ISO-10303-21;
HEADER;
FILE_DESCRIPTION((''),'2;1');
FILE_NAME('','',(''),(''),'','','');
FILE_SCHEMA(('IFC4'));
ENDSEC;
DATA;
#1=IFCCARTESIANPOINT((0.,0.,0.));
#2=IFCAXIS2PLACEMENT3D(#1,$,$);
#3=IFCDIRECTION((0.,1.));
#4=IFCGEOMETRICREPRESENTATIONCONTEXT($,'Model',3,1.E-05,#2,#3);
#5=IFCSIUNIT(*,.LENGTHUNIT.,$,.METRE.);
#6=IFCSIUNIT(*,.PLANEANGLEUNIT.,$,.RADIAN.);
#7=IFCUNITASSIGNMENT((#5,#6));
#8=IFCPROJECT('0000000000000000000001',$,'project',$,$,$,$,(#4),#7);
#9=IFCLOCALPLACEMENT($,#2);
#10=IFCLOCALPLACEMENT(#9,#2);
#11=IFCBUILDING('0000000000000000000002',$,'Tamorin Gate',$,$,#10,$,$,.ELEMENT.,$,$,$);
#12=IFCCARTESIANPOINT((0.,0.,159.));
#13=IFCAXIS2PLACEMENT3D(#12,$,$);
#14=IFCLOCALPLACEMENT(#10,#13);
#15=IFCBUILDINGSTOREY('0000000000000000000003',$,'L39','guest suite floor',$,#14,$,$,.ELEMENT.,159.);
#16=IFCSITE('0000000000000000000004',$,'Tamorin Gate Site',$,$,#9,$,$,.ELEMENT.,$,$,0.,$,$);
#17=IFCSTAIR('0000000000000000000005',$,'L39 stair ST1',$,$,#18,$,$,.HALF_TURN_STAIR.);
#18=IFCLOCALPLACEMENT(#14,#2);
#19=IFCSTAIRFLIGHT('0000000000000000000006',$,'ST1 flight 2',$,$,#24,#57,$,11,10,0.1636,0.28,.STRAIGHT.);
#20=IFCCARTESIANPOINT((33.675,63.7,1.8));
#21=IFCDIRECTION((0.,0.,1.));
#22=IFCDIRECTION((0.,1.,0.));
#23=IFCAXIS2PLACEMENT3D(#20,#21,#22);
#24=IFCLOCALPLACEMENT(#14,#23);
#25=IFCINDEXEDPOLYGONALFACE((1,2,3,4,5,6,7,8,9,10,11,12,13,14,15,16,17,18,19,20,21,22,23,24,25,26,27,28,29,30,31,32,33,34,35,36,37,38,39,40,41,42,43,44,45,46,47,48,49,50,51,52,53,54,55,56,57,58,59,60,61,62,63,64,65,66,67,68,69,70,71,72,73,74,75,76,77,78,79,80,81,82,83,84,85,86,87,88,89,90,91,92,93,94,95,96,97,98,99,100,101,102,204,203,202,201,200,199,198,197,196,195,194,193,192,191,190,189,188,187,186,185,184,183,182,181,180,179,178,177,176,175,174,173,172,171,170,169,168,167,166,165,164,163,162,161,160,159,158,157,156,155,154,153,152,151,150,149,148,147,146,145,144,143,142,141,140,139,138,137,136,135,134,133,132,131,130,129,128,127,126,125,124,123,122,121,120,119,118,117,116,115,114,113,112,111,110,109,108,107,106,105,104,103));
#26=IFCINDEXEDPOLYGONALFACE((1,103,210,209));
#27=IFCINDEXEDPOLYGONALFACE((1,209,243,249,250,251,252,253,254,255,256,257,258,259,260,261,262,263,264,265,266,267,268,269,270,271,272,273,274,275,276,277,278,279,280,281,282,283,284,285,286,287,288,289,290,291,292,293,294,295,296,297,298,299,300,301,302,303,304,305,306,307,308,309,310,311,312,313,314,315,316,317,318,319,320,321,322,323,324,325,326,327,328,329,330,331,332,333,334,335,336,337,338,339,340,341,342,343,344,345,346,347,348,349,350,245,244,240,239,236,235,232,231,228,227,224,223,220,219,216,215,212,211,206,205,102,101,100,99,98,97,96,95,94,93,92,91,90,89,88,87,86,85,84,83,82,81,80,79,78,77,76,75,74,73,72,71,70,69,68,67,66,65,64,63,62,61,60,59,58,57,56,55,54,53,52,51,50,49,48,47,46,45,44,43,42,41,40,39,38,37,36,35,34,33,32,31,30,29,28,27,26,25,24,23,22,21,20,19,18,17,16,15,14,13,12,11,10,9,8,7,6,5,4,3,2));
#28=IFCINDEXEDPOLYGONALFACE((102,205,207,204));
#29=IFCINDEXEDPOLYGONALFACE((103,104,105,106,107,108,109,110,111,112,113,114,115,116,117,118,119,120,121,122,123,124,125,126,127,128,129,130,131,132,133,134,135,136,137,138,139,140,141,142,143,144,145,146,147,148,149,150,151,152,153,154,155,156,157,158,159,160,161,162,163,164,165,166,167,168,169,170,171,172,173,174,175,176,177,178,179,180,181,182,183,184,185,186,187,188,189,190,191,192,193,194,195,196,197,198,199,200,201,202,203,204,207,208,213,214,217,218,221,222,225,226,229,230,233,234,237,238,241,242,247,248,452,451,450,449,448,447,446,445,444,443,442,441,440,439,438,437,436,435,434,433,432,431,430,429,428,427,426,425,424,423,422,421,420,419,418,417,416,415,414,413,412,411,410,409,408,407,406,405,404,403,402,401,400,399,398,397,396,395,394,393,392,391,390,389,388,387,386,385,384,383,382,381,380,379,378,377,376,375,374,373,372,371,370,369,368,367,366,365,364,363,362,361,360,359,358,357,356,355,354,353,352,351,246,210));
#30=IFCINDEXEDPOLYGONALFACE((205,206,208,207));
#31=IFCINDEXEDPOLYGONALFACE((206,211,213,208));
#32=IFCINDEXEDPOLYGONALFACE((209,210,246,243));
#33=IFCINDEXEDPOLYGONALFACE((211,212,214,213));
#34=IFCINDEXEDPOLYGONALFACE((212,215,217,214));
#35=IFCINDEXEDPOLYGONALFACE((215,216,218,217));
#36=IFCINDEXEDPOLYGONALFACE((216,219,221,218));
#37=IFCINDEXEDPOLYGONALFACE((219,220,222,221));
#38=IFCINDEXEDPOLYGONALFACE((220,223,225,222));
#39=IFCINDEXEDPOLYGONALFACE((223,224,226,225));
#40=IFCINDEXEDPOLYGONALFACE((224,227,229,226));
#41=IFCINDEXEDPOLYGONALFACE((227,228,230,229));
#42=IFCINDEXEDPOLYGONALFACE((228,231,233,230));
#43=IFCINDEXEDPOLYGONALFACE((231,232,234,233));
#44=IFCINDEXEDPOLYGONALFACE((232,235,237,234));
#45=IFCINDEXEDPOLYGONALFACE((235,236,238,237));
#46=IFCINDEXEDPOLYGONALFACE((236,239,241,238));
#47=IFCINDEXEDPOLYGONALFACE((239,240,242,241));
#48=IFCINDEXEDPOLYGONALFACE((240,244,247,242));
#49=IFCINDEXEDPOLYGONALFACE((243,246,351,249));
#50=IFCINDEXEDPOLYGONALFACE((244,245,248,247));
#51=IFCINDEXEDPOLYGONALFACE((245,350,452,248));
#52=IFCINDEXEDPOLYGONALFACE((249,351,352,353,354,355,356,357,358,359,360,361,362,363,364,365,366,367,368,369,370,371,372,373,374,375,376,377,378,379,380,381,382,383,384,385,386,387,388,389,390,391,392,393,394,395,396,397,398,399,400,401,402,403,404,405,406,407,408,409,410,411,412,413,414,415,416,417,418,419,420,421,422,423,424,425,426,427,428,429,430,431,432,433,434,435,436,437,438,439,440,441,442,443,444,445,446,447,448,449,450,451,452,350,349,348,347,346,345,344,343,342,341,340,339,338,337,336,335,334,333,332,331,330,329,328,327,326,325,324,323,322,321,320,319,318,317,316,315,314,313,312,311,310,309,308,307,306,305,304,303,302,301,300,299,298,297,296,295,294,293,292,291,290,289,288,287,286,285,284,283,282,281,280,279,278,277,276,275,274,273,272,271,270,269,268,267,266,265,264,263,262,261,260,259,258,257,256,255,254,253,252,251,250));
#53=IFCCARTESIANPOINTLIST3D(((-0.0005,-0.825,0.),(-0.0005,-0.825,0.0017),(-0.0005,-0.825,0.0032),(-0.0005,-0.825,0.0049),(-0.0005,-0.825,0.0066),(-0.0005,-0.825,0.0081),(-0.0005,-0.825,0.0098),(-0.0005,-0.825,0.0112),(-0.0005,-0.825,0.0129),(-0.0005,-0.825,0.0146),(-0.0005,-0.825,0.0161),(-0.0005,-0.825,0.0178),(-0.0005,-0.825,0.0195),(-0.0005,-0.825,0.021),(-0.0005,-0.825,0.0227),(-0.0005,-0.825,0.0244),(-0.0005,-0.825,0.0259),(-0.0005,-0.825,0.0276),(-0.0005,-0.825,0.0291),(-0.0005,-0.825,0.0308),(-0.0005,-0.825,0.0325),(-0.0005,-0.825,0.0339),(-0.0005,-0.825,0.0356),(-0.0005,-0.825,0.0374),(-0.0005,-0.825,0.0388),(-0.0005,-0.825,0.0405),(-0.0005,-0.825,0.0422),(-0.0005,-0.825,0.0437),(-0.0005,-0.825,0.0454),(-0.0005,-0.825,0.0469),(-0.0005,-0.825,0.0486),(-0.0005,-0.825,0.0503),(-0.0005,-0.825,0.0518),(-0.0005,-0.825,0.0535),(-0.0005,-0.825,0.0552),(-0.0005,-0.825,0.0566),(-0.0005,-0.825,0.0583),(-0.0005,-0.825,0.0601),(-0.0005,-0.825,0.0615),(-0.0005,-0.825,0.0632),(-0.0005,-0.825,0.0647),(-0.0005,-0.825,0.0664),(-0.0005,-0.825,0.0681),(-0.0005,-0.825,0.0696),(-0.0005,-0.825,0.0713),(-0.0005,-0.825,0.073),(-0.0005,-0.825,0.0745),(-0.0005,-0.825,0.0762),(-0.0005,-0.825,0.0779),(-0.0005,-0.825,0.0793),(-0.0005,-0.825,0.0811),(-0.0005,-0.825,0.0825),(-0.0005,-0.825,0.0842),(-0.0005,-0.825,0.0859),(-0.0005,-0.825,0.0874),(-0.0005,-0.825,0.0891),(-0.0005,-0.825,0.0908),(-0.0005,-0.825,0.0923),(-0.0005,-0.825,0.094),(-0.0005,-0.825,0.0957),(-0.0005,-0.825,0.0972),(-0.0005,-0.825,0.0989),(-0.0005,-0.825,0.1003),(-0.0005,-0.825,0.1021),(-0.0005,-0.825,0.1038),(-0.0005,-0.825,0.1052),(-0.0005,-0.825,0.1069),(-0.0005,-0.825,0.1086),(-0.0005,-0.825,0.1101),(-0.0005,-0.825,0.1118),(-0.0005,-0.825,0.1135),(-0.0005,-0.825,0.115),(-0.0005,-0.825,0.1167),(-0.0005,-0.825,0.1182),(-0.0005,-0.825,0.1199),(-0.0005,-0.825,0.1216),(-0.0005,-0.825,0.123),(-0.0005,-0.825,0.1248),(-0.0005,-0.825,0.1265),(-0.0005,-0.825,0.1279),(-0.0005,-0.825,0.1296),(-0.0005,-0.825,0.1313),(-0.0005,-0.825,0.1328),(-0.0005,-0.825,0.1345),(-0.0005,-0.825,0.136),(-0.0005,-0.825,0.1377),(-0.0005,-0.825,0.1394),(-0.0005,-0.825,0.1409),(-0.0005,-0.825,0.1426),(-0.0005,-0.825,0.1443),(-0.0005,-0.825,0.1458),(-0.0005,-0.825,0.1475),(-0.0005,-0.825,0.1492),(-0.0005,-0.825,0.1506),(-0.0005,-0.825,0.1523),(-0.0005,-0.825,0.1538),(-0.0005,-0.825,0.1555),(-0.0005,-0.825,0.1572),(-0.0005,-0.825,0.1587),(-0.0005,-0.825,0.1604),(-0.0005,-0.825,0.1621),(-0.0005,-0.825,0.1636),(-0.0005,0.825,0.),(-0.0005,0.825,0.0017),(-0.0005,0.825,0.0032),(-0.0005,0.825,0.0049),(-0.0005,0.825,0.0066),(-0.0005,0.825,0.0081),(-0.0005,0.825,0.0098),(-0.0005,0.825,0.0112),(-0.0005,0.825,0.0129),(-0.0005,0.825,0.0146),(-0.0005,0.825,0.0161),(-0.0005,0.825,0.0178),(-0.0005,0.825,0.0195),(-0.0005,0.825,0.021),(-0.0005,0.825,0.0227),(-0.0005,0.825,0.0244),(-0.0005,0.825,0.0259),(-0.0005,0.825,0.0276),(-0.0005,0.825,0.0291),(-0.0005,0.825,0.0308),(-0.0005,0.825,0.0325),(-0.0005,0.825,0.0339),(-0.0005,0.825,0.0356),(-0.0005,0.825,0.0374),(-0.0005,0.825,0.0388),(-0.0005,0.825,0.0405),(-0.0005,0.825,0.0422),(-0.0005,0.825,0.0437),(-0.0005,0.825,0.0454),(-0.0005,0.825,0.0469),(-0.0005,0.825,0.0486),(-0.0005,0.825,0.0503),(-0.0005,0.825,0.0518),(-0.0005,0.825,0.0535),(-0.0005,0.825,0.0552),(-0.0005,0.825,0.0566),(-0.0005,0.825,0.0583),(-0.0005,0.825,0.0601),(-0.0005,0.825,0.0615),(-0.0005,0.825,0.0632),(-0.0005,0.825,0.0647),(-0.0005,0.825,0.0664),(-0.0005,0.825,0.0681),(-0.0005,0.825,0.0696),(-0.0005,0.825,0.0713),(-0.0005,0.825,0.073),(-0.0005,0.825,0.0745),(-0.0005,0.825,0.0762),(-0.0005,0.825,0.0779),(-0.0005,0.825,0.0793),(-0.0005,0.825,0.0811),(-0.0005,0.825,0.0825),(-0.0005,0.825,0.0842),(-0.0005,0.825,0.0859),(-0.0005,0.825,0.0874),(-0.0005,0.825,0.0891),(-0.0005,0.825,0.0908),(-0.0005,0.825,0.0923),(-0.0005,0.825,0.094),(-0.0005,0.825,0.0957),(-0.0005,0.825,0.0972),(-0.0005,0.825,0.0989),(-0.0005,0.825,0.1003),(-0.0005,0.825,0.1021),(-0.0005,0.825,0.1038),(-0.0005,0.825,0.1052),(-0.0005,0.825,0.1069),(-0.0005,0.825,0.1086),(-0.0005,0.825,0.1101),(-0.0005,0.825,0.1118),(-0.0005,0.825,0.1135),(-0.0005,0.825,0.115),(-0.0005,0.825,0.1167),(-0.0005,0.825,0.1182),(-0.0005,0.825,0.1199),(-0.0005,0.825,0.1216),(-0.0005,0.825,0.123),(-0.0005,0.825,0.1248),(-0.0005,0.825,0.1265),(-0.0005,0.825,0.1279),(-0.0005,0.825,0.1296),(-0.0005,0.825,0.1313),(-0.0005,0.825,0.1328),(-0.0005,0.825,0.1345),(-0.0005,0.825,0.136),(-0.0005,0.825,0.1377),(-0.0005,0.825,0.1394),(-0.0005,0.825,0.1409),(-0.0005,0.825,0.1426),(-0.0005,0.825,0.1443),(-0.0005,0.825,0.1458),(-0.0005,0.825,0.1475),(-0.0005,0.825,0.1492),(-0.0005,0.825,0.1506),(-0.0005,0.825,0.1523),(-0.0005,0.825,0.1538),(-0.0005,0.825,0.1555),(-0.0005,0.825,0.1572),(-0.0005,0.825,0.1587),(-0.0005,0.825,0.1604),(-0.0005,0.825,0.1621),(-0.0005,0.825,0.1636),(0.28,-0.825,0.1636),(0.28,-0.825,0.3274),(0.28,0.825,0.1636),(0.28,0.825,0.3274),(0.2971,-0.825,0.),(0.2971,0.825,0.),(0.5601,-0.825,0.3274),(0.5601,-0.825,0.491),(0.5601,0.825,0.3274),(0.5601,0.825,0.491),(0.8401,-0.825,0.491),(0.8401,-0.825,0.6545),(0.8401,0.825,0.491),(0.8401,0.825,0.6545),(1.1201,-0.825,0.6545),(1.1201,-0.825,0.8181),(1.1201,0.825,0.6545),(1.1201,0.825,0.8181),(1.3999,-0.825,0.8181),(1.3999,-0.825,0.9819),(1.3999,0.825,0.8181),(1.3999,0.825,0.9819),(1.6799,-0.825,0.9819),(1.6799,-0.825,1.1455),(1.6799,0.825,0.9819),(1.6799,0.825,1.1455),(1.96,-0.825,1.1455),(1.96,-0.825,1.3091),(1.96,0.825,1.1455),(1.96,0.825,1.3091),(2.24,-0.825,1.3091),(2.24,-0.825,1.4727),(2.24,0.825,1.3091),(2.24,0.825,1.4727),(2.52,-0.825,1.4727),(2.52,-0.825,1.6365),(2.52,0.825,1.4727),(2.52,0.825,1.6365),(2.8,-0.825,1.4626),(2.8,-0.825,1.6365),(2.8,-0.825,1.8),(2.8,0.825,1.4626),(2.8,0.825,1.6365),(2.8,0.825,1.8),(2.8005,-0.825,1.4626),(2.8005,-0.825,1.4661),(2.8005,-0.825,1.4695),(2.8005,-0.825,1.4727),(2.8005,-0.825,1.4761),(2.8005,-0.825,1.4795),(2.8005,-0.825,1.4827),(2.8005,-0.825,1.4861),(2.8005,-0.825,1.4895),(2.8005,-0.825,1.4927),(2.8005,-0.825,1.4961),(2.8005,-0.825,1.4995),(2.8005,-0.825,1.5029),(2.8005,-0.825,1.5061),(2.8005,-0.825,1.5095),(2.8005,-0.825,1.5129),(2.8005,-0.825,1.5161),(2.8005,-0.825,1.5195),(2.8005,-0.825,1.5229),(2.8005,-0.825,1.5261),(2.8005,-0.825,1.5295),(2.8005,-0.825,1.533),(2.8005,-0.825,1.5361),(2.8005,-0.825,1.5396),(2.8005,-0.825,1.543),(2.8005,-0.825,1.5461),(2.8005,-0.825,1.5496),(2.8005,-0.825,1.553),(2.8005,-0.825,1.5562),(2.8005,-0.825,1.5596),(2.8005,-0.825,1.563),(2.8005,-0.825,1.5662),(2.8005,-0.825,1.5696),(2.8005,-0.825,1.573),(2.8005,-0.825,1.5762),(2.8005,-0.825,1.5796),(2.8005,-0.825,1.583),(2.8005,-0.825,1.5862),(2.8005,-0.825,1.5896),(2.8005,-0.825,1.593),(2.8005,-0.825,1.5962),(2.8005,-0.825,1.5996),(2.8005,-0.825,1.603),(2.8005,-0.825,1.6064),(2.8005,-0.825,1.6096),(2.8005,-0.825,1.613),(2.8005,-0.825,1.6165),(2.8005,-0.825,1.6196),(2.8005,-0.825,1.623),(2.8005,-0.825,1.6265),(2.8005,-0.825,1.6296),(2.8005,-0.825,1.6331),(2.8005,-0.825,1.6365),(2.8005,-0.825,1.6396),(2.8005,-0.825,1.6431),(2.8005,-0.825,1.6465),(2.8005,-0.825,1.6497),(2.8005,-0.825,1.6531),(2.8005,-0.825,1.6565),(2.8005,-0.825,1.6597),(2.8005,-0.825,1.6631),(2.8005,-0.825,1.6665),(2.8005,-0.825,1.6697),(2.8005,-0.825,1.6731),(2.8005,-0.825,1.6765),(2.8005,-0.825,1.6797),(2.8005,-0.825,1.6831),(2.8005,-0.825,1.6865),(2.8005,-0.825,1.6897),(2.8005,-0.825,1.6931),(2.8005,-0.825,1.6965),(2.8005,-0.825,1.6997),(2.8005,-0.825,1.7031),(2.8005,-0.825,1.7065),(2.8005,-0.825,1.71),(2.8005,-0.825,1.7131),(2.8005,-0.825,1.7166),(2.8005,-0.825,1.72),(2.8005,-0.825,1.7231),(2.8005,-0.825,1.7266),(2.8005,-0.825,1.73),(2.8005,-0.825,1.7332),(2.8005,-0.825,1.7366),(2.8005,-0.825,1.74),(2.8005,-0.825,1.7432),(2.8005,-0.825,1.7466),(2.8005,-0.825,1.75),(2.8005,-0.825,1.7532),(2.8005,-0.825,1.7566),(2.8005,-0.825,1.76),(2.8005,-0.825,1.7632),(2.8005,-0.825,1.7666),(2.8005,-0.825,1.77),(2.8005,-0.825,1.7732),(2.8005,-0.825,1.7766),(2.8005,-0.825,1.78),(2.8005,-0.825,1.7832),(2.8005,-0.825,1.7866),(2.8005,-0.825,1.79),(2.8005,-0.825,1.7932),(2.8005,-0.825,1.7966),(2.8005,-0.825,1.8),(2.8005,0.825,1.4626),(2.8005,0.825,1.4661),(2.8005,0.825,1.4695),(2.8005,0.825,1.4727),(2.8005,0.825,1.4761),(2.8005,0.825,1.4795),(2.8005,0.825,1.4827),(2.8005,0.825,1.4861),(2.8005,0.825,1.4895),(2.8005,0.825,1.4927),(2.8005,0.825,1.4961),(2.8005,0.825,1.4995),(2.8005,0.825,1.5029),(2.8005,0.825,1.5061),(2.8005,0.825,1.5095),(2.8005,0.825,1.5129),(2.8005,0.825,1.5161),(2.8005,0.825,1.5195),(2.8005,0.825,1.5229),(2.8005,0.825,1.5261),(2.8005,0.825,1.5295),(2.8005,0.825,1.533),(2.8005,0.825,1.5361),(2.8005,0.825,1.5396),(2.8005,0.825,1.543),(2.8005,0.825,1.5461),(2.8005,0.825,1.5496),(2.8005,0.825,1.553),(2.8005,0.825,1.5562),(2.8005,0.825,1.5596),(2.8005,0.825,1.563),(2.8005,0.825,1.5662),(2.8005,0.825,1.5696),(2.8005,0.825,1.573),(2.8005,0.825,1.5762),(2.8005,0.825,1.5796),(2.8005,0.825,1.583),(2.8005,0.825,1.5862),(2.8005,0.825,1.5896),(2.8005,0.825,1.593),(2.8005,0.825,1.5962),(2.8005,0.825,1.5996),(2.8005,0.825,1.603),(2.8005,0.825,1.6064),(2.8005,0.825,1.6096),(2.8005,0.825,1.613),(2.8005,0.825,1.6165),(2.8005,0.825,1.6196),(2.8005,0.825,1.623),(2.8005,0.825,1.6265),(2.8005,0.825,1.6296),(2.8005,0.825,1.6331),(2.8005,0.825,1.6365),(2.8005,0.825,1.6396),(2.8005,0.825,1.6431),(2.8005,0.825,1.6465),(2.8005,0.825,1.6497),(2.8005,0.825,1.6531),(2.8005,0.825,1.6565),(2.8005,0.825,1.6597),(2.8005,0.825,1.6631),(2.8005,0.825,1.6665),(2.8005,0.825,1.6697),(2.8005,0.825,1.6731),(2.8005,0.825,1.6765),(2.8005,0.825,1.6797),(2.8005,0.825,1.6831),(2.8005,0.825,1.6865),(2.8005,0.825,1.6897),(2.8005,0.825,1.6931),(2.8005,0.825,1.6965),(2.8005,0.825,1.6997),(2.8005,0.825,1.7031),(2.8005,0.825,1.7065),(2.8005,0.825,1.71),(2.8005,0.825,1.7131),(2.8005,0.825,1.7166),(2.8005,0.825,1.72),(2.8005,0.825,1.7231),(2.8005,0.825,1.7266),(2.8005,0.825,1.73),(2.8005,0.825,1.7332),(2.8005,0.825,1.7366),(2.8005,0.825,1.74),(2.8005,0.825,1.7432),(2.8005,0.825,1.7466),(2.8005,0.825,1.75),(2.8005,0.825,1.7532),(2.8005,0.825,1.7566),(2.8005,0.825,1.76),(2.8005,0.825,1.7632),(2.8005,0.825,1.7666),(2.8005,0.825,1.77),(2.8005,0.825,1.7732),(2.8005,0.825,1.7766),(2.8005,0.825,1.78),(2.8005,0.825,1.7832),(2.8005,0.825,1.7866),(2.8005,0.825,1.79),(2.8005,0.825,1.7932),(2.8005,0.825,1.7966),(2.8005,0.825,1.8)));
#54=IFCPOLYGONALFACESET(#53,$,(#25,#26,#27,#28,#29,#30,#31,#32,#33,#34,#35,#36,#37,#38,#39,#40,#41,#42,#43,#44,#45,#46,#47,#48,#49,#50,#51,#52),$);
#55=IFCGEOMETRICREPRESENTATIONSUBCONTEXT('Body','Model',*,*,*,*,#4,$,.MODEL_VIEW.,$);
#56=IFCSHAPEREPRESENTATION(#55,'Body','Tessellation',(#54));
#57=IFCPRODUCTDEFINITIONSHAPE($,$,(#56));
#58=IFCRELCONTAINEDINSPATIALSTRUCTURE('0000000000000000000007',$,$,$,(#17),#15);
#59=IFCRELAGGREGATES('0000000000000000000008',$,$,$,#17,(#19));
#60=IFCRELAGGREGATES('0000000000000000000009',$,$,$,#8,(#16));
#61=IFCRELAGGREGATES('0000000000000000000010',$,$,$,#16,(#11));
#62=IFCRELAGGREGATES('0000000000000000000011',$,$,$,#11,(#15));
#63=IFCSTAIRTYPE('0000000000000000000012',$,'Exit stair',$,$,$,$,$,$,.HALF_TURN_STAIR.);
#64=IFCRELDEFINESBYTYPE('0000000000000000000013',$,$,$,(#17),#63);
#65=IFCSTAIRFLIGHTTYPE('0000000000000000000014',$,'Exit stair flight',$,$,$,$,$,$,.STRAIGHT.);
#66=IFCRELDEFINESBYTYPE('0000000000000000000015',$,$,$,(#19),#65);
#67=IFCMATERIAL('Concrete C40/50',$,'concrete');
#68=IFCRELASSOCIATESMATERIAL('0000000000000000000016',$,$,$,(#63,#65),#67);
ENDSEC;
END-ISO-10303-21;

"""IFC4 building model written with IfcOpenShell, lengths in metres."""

from ifc_helpers import new_model, si_unit, direction, frame, origin, place, context, subcontext, project, spatial, polyline, outline, extrude, material, type_object, element, aggregate, save


model = new_model("IFC4")

# Units and contexts
model_context = context("Model", 3, precision=1e-05, world=origin(), true_north=direction((0.0, 1.0)))
body_context = subcontext(model_context, "Body", "Model", "MODEL_VIEW")
ifc_project = project(units=[si_unit("LENGTHUNIT", "METRE"), si_unit("PLANEANGLEUNIT", "RADIAN")], contexts=[model_context])

# Site, building, storey
site_placement = place(None, origin())
site = spatial("IfcSite", under=ifc_project, at=site_placement, Name="Tamorin Gate Site", CompositionType="ELEMENT", RefElevation=0.0)
building_placement = place(site_placement, origin())
building = spatial("IfcBuilding", under=site, at=building_placement, Name="Tamorin Gate", CompositionType="ELEMENT")
storey_placement = place(building_placement, frame((0.0, 0.0, 159.0)))
storey = spatial("IfcBuildingStorey", under=building, at=storey_placement, Name="L39", Description="guest suite floor", CompositionType="ELEMENT", Elevation=159.0)

# Shared definitions
ifc_material_1 = material(Name="Concrete C40/50", Category="concrete")

# Stair, stair flight
stair_type = type_object("IfcStairType", Name="Exit stair", PredefinedType="HALF_TURN_STAIR", material=ifc_material_1)
stair_1_placement = place(storey_placement, origin())
stair_1 = element("IfcStair", 1, at=stair_1_placement, inside=storey, type_object=stair_type, Name="L39 stair ST1", PredefinedType="HALF_TURN_STAIR")
stair_flight_type = type_object("IfcStairFlightType", Name="Exit stair flight", PredefinedType="STRAIGHT", material=ifc_material_1)
stair_flight_1_placement = place(storey_placement, frame((33.675, 63.7, 1.8), z_axis=(0.0, 0.0, 1.0), x_axis=(0.0, 1.0, 0.0)))
stair_flight_1 = element("IfcStairFlight", 2, at=stair_flight_1_placement, type_object=stair_flight_type, Name="ST1 flight 2", NumberOfRisers=11, NumberOfTreads=10, PredefinedType="STRAIGHT", RiserHeight=0.1636, TreadLength=0.28, context=body_context, shape_type="SweptSolid", body=[
    extrude(outline(polyline([(-0.0005, 0.0), (-0.0005, 0.0017), (-0.0005, 0.0032), (-0.0005, 0.0049), (-0.0005, 0.0066), (-0.0005, 0.0081), (-0.0005, 0.0098), (-0.0005, 0.0112), (-0.0005, 0.0129), (-0.0005, 0.0146), (-0.0005, 0.0161), (-0.0005, 0.0178), (-0.0005, 0.0195), (-0.0005, 0.021), (-0.0005, 0.0227), (-0.0005, 0.0244), (-0.0005, 0.0259), (-0.0005, 0.0276), (-0.0005, 0.0291), (-0.0005, 0.0308), (-0.0005, 0.0325), (-0.0005, 0.0339), (-0.0005, 0.0356), (-0.0005, 0.0374), (-0.0005, 0.0388), (-0.0005, 0.0405), (-0.0005, 0.0422), (-0.0005, 0.0437), (-0.0005, 0.0454), (-0.0005, 0.0469), (-0.0005, 0.0486), (-0.0005, 0.0503), (-0.0005, 0.0518), (-0.0005, 0.0535), (-0.0005, 0.0552), (-0.0005, 0.0566), (-0.0005, 0.0583), (-0.0005, 0.0601), (-0.0005, 0.0615), (-0.0005, 0.0632), (-0.0005, 0.0647), (-0.0005, 0.0664), (-0.0005, 0.0681), (-0.0005, 0.0696), (-0.0005, 0.0713), (-0.0005, 0.073), (-0.0005, 0.0745), (-0.0005, 0.0762), (-0.0005, 0.0779), (-0.0005, 0.0793), (-0.0005, 0.0811), (-0.0005, 0.0825), (-0.0005, 0.0842), (-0.0005, 0.0859), (-0.0005, 0.0874), (-0.0005, 0.0891), (-0.0005, 0.0908), (-0.0005, 0.0923), (-0.0005, 0.094), (-0.0005, 0.0957), (-0.0005, 0.0972), (-0.0005, 0.0989), (-0.0005, 0.1003), (-0.0005, 0.1021), (-0.0005, 0.1038), (-0.0005, 0.1052), (-0.0005, 0.1069), (-0.0005, 0.1086), (-0.0005, 0.1101), (-0.0005, 0.1118), (-0.0005, 0.1135), (-0.0005, 0.115), (-0.0005, 0.1167), (-0.0005, 0.1182), (-0.0005, 0.1199), (-0.0005, 0.1216), (-0.0005, 0.123), (-0.0005, 0.1248), (-0.0005, 0.1265), (-0.0005, 0.1279), (-0.0005, 0.1296), (-0.0005, 0.1313), (-0.0005, 0.1328), (-0.0005, 0.1345), (-0.0005, 0.136), (-0.0005, 0.1377), (-0.0005, 0.1394), (-0.0005, 0.1409), (-0.0005, 0.1426), (-0.0005, 0.1443), (-0.0005, 0.1458), (-0.0005, 0.1475), (-0.0005, 0.1492), (-0.0005, 0.1506), (-0.0005, 0.1523), (-0.0005, 0.1538), (-0.0005, 0.1555), (-0.0005, 0.1572), (-0.0005, 0.1587), (-0.0005, 0.1604), (-0.0005, 0.1621), (-0.0005, 0.1636), (0.28, 0.1636), (0.28, 0.3274), (0.5601, 0.3274), (0.5601, 0.491), (0.8401, 0.491), (0.8401, 0.6545), (1.1201, 0.6545), (1.1201, 0.8181), (1.3999, 0.8181), (1.3999, 0.9819), (1.6799, 0.9819), (1.6799, 1.1455), (1.96, 1.1455), (1.96, 1.3091), (2.24, 1.3091), (2.24, 1.4727), (2.52, 1.4727), (2.52, 1.6365), (2.8, 1.6365), (2.8, 1.8), (2.8005, 1.8), (2.8005, 1.7966), (2.8005, 1.7932), (2.8005, 1.79), (2.8005, 1.7866), (2.8005, 1.7832), (2.8005, 1.78), (2.8005, 1.7766), (2.8005, 1.7732), (2.8005, 1.77), (2.8005, 1.7666), (2.8005, 1.7632), (2.8005, 1.76), (2.8005, 1.7566), (2.8005, 1.7532), (2.8005, 1.75), (2.8005, 1.7466), (2.8005, 1.7432), (2.8005, 1.74), (2.8005, 1.7366), (2.8005, 1.7332), (2.8005, 1.73), (2.8005, 1.7266), (2.8005, 1.7231), (2.8005, 1.72), (2.8005, 1.7166), (2.8005, 1.7131), (2.8005, 1.71), (2.8005, 1.7065), (2.8005, 1.7031), (2.8005, 1.6997), (2.8005, 1.6965), (2.8005, 1.6931), (2.8005, 1.6897), (2.8005, 1.6865), (2.8005, 1.6831), (2.8005, 1.6797), (2.8005, 1.6765), (2.8005, 1.6731), (2.8005, 1.6697), (2.8005, 1.6665), (2.8005, 1.6631), (2.8005, 1.6597), (2.8005, 1.6565), (2.8005, 1.6531), (2.8005, 1.6497), (2.8005, 1.6465), (2.8005, 1.6431), (2.8005, 1.6396), (2.8005, 1.6365), (2.8005, 1.6331), (2.8005, 1.6296), (2.8005, 1.6265), (2.8005, 1.623), (2.8005, 1.6196), (2.8005, 1.6165), (2.8005, 1.613), (2.8005, 1.6096), (2.8005, 1.6064), (2.8005, 1.603), (2.8005, 1.5996), (2.8005, 1.5962), (2.8005, 1.593), (2.8005, 1.5896), (2.8005, 1.5862), (2.8005, 1.583), (2.8005, 1.5796), (2.8005, 1.5762), (2.8005, 1.573), (2.8005, 1.5696), (2.8005, 1.5662), (2.8005, 1.563), (2.8005, 1.5596), (2.8005, 1.5562), (2.8005, 1.553), (2.8005, 1.5496), (2.8005, 1.5461), (2.8005, 1.543), (2.8005, 1.5396), (2.8005, 1.5361), (2.8005, 1.533), (2.8005, 1.5295), (2.8005, 1.5261), (2.8005, 1.5229), (2.8005, 1.5195), (2.8005, 1.5161), (2.8005, 1.5129), (2.8005, 1.5095), (2.8005, 1.5061), (2.8005, 1.5029), (2.8005, 1.4995), (2.8005, 1.4961), (2.8005, 1.4927), (2.8005, 1.4895), (2.8005, 1.4861), (2.8005, 1.4827), (2.8005, 1.4795), (2.8005, 1.4761), (2.8005, 1.4727), (2.8005, 1.4695), (2.8005, 1.4661), (2.8005, 1.4626), (2.8, 1.4626), (0.2971, 0.0), (-0.0005, 0.0)])), frame((0.0, 0.825, 0.0), z_axis=(0.0, -1.0, 0.0), x_axis=(1.0, 0.0, 0.0)), (0.0, 0.0, 1.0), 1.6499),
])
aggregate(stair_1, [stair_flight_1])

save(model, "model.ifc")
